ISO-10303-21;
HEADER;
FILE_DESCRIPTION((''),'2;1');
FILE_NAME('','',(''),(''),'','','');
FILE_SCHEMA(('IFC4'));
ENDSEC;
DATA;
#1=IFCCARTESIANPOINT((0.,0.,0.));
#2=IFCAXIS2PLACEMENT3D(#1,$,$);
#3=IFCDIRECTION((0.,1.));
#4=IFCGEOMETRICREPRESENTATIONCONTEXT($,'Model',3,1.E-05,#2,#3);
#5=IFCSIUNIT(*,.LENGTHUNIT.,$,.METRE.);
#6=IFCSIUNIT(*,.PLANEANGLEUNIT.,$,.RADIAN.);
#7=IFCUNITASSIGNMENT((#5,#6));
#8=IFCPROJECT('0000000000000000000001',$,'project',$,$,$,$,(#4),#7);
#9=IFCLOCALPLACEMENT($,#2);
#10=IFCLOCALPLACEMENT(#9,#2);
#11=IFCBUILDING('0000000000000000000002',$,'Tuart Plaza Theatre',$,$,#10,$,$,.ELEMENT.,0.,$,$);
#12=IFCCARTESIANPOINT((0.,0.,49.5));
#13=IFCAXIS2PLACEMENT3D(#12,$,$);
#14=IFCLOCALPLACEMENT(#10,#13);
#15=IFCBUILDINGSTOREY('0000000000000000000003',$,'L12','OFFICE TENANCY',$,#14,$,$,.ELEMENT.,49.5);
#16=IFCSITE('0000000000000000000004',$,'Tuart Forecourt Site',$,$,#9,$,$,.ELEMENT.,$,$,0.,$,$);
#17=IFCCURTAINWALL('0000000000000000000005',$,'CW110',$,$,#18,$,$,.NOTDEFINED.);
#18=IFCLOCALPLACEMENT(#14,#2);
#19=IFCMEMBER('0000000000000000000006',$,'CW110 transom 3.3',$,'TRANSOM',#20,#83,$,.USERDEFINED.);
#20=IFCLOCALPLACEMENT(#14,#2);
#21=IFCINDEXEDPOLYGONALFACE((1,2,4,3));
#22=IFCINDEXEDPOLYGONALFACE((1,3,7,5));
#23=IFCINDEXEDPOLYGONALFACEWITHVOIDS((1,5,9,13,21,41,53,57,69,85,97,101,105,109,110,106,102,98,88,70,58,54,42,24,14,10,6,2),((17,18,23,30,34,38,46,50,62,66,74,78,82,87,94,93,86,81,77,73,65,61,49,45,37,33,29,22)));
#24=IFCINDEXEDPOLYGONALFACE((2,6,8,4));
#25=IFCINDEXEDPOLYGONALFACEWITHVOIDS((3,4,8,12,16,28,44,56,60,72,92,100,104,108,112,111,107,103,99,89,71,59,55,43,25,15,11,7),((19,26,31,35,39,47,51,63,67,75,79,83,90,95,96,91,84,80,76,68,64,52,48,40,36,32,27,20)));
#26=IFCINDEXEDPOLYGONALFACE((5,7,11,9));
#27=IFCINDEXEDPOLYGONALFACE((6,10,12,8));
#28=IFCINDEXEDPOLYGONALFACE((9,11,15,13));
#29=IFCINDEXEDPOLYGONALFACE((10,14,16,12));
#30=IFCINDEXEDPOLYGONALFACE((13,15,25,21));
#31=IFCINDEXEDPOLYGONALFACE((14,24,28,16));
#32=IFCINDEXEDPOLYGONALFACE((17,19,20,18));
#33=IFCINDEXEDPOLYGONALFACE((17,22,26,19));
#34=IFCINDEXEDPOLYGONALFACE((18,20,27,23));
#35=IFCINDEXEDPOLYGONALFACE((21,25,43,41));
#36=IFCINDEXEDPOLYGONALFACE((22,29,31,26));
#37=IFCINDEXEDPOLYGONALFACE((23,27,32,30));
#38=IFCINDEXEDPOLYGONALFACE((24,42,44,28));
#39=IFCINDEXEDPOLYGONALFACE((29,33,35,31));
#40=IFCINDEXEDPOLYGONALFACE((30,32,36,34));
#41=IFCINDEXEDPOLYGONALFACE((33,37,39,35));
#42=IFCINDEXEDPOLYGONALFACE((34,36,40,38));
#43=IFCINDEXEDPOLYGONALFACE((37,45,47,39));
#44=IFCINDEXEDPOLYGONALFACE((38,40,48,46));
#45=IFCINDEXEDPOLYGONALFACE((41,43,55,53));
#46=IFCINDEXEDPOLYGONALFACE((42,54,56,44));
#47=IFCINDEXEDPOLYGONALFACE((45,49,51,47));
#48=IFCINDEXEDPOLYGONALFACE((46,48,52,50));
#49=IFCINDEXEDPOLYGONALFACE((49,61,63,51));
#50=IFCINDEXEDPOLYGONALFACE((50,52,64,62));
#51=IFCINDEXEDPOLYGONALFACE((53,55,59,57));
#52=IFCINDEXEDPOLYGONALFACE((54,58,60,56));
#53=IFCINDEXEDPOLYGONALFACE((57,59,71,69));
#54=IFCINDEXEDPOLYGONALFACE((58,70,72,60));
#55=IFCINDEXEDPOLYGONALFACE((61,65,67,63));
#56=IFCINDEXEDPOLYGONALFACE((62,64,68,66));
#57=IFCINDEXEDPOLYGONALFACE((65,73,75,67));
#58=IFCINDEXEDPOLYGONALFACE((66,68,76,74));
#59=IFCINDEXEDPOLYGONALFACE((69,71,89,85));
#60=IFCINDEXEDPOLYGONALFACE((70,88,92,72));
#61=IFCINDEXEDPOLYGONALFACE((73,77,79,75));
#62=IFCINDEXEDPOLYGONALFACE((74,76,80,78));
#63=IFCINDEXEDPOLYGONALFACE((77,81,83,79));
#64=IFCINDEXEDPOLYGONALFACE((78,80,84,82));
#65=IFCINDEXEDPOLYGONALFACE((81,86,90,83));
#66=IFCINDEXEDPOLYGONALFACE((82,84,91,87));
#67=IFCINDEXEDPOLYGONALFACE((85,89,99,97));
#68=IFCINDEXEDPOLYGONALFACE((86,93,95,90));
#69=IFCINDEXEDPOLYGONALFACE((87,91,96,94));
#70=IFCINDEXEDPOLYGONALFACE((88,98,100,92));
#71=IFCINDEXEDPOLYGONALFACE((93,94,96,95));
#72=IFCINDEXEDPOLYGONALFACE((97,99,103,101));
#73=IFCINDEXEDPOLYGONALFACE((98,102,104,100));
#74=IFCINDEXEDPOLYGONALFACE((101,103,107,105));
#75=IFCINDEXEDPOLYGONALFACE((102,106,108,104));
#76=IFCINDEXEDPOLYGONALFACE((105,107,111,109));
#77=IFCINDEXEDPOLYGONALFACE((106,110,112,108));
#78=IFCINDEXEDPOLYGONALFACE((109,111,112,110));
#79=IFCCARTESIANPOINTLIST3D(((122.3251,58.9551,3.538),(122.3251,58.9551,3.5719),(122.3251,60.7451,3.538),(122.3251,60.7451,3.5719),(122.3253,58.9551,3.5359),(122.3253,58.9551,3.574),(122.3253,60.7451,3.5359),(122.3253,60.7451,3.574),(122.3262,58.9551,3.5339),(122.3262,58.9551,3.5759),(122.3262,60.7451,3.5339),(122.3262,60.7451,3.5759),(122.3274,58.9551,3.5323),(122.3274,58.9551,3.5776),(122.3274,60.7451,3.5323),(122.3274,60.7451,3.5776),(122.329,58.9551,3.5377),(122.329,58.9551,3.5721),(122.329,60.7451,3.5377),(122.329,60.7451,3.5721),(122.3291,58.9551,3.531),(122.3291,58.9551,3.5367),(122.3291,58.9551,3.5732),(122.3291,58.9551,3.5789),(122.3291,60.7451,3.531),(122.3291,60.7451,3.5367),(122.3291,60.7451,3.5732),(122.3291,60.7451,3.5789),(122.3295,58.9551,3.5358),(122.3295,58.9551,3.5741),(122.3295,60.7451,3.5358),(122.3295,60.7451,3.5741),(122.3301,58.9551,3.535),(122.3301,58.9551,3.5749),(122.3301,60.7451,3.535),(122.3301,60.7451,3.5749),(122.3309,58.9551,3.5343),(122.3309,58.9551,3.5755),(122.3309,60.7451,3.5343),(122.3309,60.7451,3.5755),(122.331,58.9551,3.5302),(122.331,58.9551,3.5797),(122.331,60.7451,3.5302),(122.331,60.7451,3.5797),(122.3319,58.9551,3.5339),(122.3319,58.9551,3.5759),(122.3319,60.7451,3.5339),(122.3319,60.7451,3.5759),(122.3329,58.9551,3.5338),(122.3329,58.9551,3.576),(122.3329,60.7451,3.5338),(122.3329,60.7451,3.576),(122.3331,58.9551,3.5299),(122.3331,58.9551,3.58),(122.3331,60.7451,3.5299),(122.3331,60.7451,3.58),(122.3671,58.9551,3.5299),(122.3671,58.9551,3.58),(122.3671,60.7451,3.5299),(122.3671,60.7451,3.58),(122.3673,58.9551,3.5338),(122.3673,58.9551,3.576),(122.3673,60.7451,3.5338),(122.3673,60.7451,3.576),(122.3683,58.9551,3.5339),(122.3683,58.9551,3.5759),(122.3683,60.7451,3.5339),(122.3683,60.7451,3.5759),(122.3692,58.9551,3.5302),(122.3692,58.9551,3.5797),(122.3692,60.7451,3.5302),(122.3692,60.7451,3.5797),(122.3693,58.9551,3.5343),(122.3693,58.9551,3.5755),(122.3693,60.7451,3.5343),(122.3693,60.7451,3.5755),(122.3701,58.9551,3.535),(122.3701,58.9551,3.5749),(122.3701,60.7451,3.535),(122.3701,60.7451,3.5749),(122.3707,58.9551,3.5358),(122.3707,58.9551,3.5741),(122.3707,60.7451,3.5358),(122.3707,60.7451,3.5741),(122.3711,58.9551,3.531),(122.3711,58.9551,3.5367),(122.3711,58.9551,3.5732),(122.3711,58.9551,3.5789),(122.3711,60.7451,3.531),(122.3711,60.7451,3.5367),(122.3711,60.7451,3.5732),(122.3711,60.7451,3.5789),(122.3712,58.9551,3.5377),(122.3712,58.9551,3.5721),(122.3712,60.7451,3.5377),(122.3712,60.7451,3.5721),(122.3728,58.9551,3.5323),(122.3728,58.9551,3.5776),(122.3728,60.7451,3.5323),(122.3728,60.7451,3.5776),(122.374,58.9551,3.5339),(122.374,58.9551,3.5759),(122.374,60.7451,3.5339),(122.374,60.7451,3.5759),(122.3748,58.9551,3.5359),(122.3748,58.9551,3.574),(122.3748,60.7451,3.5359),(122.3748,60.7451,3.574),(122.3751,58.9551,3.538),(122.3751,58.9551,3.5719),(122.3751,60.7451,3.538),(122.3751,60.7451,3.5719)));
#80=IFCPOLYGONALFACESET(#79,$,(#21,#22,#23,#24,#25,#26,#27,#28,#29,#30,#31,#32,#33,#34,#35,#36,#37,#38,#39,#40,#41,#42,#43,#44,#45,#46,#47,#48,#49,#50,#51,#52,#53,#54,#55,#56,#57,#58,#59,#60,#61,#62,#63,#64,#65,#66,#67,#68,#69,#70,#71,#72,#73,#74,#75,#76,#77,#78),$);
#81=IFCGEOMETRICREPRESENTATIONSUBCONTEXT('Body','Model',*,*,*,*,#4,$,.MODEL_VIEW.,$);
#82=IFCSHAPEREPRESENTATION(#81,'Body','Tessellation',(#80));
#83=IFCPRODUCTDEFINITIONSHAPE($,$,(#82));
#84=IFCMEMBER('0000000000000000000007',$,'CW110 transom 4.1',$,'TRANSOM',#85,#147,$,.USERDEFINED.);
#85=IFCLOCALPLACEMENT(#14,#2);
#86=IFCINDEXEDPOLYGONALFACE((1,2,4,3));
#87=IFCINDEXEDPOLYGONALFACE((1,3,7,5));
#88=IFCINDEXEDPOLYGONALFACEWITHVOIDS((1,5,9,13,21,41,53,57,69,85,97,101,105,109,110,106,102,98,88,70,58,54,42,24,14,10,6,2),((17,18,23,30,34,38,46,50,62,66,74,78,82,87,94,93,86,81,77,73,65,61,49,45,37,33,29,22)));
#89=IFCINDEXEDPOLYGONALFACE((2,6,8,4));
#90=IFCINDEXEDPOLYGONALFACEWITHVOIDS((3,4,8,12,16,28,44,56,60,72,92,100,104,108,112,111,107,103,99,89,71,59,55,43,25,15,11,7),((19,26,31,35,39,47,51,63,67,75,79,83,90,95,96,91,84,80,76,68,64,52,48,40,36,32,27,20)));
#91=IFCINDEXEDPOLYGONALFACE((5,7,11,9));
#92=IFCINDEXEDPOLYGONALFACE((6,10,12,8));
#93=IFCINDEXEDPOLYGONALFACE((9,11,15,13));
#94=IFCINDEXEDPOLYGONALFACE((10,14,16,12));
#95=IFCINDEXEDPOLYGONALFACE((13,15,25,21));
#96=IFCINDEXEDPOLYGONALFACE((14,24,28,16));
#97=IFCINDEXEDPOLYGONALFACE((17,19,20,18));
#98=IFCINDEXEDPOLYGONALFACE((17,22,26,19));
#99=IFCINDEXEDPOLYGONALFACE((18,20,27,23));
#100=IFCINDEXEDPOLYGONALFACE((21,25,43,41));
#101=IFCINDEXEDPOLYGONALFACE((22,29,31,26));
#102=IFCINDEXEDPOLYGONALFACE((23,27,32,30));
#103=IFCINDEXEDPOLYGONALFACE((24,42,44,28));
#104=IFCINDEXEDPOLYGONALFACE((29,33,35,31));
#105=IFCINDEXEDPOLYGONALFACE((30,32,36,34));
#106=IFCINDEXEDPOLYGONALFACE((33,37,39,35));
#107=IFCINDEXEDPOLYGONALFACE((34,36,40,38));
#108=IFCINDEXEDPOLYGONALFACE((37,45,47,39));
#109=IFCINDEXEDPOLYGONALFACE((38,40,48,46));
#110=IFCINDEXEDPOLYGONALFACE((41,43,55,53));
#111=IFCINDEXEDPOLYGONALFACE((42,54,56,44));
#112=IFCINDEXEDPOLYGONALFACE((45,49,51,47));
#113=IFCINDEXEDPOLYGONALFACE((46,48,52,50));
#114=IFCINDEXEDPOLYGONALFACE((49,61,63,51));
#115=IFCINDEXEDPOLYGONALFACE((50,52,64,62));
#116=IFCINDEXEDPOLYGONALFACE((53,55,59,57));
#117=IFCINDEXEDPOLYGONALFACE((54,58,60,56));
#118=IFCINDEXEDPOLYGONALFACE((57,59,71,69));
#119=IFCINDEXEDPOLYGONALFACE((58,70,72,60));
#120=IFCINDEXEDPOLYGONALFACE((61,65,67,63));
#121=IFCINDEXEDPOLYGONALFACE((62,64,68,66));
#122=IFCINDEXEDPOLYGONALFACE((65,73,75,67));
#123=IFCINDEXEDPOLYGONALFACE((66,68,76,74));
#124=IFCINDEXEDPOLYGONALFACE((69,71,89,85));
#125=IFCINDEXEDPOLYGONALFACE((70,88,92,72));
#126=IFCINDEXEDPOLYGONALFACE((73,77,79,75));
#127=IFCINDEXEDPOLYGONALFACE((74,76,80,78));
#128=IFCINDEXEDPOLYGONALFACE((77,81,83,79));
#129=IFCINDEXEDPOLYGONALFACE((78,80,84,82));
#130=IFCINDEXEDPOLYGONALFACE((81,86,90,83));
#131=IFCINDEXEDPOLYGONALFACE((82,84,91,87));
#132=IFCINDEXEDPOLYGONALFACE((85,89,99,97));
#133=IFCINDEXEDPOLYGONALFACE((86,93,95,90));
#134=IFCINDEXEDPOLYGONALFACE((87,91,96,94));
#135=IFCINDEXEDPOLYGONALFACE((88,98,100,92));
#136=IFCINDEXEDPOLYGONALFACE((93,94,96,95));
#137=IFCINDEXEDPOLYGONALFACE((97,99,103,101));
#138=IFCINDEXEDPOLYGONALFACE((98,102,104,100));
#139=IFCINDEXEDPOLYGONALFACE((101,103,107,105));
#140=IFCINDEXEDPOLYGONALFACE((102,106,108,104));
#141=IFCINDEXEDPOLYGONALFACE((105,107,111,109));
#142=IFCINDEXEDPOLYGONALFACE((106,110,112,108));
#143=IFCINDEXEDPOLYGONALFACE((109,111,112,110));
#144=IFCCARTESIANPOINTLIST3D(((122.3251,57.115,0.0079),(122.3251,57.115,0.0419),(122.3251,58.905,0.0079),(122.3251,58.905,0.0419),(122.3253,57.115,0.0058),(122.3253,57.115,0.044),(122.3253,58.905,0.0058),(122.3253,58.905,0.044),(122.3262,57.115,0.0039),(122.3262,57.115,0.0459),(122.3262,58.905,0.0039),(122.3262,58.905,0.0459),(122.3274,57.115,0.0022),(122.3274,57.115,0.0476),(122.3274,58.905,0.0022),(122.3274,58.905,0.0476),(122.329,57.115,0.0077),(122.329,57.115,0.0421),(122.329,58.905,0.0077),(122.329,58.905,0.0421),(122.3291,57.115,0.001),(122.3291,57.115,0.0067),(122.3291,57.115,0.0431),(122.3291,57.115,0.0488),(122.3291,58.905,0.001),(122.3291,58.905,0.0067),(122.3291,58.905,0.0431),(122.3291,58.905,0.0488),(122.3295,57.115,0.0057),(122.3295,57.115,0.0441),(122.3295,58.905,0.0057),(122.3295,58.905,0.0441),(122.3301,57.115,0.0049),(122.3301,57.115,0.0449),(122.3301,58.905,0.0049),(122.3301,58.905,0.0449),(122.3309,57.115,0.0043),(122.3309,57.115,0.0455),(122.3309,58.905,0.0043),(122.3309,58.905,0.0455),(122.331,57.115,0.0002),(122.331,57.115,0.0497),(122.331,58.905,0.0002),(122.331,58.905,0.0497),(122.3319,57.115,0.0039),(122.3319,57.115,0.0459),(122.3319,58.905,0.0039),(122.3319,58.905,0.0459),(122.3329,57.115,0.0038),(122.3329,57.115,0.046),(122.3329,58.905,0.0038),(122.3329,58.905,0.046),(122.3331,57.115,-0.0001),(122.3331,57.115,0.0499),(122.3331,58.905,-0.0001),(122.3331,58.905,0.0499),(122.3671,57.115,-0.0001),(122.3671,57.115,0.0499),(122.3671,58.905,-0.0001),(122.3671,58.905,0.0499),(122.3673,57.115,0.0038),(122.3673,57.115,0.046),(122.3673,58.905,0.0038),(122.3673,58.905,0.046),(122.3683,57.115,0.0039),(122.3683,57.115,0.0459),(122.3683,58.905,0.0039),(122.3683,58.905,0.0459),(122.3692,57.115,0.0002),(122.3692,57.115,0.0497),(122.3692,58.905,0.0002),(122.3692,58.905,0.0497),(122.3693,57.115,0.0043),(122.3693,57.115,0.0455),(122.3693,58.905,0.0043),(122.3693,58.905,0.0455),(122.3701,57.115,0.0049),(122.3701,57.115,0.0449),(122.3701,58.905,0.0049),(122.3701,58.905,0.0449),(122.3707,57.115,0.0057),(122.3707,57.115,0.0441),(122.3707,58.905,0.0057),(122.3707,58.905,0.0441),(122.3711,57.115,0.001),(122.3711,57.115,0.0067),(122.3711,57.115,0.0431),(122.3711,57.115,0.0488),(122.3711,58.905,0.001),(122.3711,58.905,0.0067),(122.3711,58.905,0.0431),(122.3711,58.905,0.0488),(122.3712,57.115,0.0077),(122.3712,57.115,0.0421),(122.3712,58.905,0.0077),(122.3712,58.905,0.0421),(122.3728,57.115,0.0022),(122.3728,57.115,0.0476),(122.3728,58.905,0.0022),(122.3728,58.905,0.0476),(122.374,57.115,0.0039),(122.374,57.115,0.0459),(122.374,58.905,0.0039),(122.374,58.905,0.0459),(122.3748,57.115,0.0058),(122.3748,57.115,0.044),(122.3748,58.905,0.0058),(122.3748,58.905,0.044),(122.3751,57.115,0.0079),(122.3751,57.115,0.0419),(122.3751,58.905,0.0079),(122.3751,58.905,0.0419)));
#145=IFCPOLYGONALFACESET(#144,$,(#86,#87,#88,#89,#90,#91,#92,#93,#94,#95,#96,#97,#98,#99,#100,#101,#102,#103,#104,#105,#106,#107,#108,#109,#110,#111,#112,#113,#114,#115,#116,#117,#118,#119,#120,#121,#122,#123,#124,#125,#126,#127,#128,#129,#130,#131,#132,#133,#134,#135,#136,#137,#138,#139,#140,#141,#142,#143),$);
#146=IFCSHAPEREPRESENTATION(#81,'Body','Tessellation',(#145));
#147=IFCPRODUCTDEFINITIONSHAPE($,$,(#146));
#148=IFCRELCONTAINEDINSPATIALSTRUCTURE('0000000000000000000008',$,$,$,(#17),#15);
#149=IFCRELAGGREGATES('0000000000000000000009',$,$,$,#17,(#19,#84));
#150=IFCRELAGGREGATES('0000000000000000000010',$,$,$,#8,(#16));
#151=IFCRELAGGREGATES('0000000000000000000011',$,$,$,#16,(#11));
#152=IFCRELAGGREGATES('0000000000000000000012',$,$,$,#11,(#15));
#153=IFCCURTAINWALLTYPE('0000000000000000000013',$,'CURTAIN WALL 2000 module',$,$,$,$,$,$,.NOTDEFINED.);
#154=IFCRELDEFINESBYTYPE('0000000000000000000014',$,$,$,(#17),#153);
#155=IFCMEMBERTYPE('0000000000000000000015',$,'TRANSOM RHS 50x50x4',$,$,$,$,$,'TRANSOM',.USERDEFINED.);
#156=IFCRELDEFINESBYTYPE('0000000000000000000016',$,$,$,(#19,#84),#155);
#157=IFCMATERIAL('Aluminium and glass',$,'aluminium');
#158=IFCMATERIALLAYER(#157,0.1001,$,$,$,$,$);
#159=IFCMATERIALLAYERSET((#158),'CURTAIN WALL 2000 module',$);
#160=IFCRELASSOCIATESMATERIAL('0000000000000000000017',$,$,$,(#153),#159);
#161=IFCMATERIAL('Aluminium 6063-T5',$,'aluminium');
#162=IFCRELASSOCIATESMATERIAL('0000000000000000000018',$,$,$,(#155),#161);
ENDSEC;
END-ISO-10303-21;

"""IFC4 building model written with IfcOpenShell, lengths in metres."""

from ifc_helpers import new_model, si_unit, direction, frame, origin, origin_2d, place, context, subcontext, project, spatial, hollow_rectangle, extrude, material, layer, layer_set, material_profile, profile_set, type_object, element, aggregate, save


model = new_model("IFC4")

# Units and contexts
model_context = context("Model", 3, precision=1e-05, world=origin(), true_north=direction((0.0, 1.0)))
body_context = subcontext(model_context, "Body", "Model", "MODEL_VIEW")
ifc_project = project(units=[si_unit("LENGTHUNIT", "METRE"), si_unit("PLANEANGLEUNIT", "RADIAN")], contexts=[model_context])

# Site, building, storey
site_placement = place(None, origin())
site = spatial("IfcSite", under=ifc_project, at=site_placement, Name="Tuart Forecourt Site", CompositionType="ELEMENT", RefElevation=0.0)
building_placement = place(site_placement, origin())
building = spatial("IfcBuilding", under=site, at=building_placement, Name="Tuart Plaza Theatre", CompositionType="ELEMENT", ElevationOfRefHeight=0.0)
storey_placement = place(building_placement, frame((0.0, 0.0, 49.5)))
storey = spatial("IfcBuildingStorey", under=building, at=storey_placement, Name="L12", Description="OFFICE TENANCY", CompositionType="ELEMENT", Elevation=49.5)

# Curtain wall, members
ifc_material_1 = material(Name="Aluminium and glass", Category="aluminium")
ifc_layer_1 = layer(ifc_material_1, 0.1001)
ifc_layer_set_1 = layer_set([ifc_layer_1], Name="CURTAIN WALL 2000 module")
curtain_wall_type = type_object("IfcCurtainWallType", Name="CURTAIN WALL 2000 module", PredefinedType="NOTDEFINED", material=ifc_layer_set_1)
curtain_wall_placement = place(storey_placement, origin())
curtain_wall = element("IfcCurtainWall", 1, at=curtain_wall_placement, inside=storey, type_object=curtain_wall_type, Name="CW110", PredefinedType="NOTDEFINED")
ifc_material_2 = material(Name="Aluminium 6063-T5", Category="aluminium")
ifc_material_profile_1 = material_profile(ifc_material_2, hollow_rectangle(XDim=0.05, YDim=0.05, WallThickness=0.0039, InnerFilletRadius=0.0039, OuterFilletRadius=0.0081, at=origin_2d()), Name="RHS 50x50x4")
ifc_profile_set_1 = profile_set([ifc_material_profile_1], Name="Aluminium 6063-T5")
member_type_1 = type_object("IfcMemberType", Name="TRANSOM RHS 50x50x4", ElementType="TRANSOM", PredefinedType="USERDEFINED", material=ifc_profile_set_1)
member_1_placement = place(storey_placement, frame((122.3501, 60.7451, 3.5549), z_axis=(0.0, -1.0, 0.0), x_axis=(1.0, 0.0, 0.0)))
member_1 = element("IfcMember", 2, at=member_1_placement, type_object=member_type_1, Name="CW110 transom 3.3", ObjectType="TRANSOM", PredefinedType="USERDEFINED", context=body_context, shape_type="SweptSolid", body=[
    extrude(hollow_rectangle(XDim=0.05, YDim=0.05, WallThickness=0.0039, InnerFilletRadius=0.0039, OuterFilletRadius=0.0081, at=origin_2d()), origin(), (0.0, 0.0, 1.0), 1.79),
])
member_2_placement = place(storey_placement, frame((122.3501, 58.905, 0.0249), z_axis=(0.0, -1.0, 0.0), x_axis=(1.0, 0.0, 0.0)))
member_2 = element("IfcMember", 3, at=member_2_placement, type_object=member_type_1, Name="CW110 transom 4.1", ObjectType="TRANSOM", PredefinedType="USERDEFINED", context=body_context, shape_type="SweptSolid", body=[
    extrude(hollow_rectangle(XDim=0.05, YDim=0.05, WallThickness=0.0039, InnerFilletRadius=0.0039, OuterFilletRadius=0.0081, at=origin_2d()), origin(), (0.0, 0.0, 1.0), 1.79),
])
aggregate(curtain_wall, [member_1, member_2])

save(model, "model.ifc")
